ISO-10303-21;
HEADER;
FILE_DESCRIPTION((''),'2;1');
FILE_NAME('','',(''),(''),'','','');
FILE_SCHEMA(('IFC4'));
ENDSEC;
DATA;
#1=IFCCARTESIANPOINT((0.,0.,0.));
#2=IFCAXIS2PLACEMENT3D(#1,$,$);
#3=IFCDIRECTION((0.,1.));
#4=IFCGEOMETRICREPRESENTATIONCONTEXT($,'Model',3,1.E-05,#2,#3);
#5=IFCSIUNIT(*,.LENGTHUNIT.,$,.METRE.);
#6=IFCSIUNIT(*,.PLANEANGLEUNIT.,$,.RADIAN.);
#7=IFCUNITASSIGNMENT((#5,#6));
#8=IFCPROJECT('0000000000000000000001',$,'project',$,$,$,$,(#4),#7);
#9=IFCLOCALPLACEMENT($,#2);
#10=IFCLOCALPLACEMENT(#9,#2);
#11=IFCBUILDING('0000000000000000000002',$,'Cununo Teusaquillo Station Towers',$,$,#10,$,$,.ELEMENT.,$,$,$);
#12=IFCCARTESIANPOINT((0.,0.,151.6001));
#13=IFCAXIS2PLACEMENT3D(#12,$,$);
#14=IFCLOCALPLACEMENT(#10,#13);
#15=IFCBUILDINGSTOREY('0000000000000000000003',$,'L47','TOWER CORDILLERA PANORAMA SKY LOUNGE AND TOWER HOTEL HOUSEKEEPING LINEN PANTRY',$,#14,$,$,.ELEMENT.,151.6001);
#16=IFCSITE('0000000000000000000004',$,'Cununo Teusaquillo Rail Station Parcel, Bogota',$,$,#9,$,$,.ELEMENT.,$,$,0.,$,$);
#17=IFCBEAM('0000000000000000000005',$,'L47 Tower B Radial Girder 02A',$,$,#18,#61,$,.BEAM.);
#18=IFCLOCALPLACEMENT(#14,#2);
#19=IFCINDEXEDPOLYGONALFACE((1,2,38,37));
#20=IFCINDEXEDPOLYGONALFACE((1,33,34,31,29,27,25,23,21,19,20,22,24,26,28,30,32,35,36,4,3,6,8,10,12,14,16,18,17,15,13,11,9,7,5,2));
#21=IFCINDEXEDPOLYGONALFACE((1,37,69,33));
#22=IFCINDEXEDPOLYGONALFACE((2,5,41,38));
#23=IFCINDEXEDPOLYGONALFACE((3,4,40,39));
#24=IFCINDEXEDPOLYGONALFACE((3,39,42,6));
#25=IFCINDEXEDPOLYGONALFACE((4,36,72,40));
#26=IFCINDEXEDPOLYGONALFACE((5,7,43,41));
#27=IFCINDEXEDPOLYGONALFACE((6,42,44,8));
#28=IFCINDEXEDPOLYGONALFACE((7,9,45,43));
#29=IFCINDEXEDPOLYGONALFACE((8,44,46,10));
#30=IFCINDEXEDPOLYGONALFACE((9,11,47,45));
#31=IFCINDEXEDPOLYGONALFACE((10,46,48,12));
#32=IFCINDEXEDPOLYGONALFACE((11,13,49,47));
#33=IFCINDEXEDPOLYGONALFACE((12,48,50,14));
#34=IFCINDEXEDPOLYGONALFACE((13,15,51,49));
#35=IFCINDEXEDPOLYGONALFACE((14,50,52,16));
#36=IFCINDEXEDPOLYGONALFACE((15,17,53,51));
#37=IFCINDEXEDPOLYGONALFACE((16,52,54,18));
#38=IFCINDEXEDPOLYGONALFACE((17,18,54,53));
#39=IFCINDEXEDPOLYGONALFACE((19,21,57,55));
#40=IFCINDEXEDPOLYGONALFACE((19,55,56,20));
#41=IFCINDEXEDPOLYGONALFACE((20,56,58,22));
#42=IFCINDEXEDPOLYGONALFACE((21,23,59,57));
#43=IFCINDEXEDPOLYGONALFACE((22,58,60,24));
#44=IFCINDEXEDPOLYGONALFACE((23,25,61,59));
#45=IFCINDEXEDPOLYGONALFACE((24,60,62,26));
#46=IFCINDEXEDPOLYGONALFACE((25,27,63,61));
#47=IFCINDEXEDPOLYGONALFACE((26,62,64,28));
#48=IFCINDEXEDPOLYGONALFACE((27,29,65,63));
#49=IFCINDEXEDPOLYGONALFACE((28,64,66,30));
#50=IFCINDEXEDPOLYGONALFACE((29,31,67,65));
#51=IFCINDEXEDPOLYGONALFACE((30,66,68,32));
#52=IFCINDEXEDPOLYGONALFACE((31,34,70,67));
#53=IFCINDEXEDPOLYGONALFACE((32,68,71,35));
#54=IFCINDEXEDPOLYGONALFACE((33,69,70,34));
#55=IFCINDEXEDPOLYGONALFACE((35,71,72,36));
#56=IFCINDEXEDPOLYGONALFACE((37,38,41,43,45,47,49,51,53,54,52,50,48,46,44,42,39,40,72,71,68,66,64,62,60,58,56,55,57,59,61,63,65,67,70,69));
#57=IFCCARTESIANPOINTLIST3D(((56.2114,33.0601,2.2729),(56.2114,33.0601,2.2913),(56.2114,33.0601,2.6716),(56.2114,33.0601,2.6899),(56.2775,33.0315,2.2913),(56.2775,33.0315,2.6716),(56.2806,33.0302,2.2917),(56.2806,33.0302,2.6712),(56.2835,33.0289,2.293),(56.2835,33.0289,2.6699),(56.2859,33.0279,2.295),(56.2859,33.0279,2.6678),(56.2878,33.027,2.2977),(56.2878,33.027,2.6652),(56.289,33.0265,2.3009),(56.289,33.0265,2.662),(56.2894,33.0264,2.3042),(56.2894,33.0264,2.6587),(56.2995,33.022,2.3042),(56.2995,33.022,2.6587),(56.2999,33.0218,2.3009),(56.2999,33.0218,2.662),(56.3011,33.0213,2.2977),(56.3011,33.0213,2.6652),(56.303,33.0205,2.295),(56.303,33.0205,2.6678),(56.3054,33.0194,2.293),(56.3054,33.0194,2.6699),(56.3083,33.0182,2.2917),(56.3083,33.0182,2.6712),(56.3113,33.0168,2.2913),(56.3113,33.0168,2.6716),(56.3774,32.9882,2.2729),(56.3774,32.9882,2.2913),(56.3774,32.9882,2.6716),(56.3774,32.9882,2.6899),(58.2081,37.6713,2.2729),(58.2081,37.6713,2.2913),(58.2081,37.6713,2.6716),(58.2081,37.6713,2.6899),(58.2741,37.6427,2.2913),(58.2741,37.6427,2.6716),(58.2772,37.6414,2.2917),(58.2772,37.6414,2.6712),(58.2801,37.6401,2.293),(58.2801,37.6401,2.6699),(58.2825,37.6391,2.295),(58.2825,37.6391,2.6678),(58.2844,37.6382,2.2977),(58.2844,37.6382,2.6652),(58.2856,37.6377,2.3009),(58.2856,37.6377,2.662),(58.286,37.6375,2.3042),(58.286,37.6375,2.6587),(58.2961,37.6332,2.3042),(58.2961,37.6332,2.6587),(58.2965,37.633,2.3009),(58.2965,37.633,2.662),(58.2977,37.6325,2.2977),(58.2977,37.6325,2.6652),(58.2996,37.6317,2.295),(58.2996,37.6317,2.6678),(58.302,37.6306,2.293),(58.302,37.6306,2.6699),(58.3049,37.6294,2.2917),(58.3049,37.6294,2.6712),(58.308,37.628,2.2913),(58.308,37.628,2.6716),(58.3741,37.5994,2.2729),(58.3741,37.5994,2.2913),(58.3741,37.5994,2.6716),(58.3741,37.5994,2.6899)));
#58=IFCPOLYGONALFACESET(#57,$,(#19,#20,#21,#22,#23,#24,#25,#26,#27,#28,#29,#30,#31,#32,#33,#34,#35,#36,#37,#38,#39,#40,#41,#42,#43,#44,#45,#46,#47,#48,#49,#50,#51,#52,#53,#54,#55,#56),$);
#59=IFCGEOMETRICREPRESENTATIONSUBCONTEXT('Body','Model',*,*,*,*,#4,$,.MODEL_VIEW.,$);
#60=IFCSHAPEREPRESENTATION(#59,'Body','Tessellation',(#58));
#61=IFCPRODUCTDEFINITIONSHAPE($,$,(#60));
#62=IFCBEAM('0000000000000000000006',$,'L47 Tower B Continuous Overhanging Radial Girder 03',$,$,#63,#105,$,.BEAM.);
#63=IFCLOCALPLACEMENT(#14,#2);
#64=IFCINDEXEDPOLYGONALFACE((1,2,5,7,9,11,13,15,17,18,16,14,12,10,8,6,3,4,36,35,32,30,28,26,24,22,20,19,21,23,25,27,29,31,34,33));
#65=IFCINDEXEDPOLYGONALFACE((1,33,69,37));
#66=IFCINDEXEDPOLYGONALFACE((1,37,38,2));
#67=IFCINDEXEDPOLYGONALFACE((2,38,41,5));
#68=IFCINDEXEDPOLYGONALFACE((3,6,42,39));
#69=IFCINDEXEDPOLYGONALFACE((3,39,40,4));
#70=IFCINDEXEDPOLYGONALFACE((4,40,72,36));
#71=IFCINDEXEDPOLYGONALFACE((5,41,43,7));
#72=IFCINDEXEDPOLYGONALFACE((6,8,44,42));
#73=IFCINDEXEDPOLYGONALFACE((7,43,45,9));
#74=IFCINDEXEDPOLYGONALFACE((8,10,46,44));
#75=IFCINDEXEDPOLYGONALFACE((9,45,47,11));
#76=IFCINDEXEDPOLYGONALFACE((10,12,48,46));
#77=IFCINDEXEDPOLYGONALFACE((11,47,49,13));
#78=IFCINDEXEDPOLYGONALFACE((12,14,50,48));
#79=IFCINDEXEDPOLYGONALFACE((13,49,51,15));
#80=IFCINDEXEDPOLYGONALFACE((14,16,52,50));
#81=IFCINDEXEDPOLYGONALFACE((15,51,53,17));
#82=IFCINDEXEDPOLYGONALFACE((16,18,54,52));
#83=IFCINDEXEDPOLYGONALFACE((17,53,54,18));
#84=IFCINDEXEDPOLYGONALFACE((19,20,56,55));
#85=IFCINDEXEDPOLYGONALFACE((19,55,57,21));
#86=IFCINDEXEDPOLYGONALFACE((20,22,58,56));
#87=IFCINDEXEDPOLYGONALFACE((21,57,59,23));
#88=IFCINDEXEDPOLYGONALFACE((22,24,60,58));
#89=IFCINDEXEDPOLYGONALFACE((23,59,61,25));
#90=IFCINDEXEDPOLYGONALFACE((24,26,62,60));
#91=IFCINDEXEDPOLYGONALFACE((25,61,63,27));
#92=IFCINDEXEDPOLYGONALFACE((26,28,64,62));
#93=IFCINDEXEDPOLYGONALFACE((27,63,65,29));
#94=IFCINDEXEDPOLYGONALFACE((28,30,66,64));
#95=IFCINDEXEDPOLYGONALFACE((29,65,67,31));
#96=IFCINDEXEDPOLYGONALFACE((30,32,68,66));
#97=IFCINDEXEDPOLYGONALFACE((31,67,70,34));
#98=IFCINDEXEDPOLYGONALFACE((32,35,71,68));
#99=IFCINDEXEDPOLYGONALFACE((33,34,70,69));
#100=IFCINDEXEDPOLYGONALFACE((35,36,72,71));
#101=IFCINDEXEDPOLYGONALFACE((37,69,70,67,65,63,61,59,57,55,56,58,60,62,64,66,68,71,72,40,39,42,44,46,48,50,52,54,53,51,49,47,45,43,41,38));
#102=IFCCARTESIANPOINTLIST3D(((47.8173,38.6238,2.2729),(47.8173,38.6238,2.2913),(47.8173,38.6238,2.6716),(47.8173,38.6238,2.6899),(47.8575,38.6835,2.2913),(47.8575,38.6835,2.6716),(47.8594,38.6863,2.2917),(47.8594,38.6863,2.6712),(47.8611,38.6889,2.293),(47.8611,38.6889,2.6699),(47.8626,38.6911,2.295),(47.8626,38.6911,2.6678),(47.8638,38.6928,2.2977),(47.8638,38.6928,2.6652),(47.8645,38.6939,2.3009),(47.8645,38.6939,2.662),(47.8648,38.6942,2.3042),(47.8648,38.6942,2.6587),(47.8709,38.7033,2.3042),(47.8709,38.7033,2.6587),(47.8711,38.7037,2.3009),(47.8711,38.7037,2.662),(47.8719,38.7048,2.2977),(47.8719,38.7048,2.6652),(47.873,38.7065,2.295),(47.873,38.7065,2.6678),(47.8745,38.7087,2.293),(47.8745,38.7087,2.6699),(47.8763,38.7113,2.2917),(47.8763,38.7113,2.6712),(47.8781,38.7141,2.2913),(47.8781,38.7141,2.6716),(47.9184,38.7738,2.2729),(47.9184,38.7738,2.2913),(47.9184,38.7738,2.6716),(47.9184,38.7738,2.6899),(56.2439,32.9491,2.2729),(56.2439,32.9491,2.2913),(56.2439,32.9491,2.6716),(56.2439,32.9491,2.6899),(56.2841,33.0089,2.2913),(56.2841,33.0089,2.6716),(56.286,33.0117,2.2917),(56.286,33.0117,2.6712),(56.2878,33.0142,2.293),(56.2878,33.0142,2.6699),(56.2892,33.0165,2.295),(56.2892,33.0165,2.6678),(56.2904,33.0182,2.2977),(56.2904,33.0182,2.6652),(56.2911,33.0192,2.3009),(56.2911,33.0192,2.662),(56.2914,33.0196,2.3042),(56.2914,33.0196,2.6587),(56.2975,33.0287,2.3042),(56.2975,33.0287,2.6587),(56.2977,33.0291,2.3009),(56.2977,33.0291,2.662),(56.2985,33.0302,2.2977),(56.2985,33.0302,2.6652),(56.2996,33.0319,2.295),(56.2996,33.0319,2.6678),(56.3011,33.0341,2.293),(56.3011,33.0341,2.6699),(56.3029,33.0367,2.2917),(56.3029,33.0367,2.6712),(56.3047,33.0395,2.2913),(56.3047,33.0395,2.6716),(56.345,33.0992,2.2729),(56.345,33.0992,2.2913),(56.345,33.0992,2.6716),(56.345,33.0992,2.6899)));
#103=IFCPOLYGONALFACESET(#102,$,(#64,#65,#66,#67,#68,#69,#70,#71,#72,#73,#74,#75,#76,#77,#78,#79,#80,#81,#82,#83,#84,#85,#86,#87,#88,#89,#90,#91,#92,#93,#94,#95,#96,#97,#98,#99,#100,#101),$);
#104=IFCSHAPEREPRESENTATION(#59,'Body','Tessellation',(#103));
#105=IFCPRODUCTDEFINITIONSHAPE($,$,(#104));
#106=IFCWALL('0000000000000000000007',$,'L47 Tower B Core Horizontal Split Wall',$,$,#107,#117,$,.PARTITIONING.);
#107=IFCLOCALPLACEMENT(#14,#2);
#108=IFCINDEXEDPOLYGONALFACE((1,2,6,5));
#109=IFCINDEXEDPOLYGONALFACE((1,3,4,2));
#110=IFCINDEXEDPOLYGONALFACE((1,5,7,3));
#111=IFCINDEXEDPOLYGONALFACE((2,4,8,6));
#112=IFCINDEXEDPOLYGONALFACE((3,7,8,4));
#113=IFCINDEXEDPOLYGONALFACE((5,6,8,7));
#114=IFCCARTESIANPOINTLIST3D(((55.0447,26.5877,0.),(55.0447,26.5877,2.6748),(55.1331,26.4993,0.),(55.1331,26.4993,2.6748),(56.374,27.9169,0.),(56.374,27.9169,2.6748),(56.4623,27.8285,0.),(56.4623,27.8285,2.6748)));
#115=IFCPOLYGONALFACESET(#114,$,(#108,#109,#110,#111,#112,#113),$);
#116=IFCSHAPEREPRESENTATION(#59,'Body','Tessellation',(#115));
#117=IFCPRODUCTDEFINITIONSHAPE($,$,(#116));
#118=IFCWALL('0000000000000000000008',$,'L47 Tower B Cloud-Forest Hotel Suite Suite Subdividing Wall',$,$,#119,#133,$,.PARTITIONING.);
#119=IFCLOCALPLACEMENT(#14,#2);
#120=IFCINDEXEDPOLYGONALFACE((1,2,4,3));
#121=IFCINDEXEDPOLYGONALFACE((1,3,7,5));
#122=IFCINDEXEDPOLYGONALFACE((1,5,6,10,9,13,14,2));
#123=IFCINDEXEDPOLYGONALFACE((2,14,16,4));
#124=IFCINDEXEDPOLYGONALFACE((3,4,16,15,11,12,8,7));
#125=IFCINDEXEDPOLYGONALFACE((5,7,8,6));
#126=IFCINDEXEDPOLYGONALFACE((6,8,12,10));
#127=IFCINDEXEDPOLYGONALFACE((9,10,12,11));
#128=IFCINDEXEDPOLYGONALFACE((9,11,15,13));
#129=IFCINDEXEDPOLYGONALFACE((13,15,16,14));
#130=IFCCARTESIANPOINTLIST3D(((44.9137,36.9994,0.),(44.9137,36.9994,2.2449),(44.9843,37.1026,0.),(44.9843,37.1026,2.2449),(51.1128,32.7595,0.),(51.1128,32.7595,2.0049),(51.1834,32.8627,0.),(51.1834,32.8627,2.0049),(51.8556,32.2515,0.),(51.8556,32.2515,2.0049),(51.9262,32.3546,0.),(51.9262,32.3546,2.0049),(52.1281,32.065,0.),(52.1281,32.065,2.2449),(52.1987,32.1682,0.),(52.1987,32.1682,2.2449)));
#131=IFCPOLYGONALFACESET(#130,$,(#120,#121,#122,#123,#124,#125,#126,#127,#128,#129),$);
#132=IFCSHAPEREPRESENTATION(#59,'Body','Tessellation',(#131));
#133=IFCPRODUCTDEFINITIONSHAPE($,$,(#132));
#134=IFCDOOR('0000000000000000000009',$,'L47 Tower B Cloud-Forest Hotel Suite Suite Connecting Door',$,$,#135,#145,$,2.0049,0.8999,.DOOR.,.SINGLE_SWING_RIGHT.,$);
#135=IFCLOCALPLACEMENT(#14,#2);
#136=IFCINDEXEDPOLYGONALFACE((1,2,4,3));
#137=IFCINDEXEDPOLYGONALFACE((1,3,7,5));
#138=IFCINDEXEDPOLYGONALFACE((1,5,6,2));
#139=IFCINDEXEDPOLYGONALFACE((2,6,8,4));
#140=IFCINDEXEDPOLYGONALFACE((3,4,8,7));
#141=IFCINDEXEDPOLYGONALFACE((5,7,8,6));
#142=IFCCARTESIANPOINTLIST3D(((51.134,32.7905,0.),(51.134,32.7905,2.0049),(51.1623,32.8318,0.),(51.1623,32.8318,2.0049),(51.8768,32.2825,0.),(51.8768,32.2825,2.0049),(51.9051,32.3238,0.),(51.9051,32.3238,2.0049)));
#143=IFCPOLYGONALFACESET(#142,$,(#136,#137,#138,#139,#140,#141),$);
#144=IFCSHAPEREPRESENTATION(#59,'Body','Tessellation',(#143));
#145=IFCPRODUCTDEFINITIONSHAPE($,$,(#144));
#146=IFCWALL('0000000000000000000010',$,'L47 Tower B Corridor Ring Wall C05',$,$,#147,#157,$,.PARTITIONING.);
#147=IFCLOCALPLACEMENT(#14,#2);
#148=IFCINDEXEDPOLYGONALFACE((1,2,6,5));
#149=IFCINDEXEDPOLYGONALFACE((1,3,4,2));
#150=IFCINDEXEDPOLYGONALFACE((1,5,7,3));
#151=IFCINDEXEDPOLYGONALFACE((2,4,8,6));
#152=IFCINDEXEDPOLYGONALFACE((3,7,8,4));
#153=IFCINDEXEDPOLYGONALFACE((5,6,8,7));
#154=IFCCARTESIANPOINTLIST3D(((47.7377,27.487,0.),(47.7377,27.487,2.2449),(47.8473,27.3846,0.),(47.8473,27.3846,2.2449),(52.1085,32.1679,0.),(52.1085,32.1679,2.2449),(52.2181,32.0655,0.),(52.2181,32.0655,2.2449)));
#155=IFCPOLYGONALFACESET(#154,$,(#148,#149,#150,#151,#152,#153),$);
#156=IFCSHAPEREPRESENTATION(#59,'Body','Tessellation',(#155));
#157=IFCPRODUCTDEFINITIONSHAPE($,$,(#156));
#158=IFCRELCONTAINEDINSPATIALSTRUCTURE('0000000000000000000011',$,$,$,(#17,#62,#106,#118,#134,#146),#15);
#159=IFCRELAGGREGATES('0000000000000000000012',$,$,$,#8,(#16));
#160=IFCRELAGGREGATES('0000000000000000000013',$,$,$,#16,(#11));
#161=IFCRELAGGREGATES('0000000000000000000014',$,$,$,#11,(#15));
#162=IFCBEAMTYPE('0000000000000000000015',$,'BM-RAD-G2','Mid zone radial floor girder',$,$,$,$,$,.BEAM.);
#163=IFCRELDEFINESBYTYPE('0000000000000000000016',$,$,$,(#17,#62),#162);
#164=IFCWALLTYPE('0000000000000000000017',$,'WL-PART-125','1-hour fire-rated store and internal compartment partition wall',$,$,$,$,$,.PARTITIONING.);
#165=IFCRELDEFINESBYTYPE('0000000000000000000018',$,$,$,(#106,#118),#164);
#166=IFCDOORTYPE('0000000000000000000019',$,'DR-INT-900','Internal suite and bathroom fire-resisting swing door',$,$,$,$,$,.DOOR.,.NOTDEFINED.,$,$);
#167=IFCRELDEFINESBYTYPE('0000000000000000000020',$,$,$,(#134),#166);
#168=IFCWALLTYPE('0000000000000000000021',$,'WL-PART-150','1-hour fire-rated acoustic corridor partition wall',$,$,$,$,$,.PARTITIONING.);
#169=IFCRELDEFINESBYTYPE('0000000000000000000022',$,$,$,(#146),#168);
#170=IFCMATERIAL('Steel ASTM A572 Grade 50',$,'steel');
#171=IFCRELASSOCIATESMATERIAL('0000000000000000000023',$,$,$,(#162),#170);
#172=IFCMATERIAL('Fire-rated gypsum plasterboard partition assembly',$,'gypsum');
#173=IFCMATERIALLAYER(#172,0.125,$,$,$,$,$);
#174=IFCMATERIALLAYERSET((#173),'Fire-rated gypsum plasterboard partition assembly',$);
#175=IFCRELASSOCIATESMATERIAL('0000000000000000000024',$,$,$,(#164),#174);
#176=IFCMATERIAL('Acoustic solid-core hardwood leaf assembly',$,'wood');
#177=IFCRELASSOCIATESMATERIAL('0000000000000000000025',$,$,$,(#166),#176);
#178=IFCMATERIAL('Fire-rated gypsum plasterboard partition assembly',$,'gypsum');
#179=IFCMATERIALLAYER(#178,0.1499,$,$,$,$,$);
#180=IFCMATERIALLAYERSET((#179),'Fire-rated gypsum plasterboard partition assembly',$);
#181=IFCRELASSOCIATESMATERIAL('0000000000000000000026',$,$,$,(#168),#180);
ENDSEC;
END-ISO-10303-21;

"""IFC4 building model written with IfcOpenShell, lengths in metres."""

from ifc_helpers import new_model, si_unit, direction, frame, frame_2d, origin, origin_2d, place, context, subcontext, project, spatial, rectangle, i_section, extrude, source, transform, mapped, material, layer, layer_set, material_profile, profile_set, type_object, element, fill, save


model = new_model("IFC4")

# Units and contexts
model_context = context("Model", 3, precision=1e-05, world=origin(), true_north=direction((0.0, 1.0)))
body_context = subcontext(model_context, "Body", "Model", "MODEL_VIEW")
ifc_project = project(units=[si_unit("LENGTHUNIT", "METRE"), si_unit("PLANEANGLEUNIT", "RADIAN")], contexts=[model_context])

# Site, building, storey
site_placement = place(None, origin())
site = spatial("IfcSite", under=ifc_project, at=site_placement, Name="Cununo Teusaquillo Rail Station Parcel, Bogota", CompositionType="ELEMENT", RefElevation=0.0)
building_placement = place(site_placement, origin())
building = spatial("IfcBuilding", under=site, at=building_placement, Name="Cununo Teusaquillo Station Towers", CompositionType="ELEMENT")
storey_placement = place(building_placement, frame((0.0, 0.0, 151.6001)))
storey = spatial("IfcBuildingStorey", under=building, at=storey_placement, Name="L47", Description="TOWER CORDILLERA PANORAMA SKY LOUNGE AND TOWER HOTEL HOUSEKEEPING LINEN PANTRY", CompositionType="ELEMENT", Elevation=151.6001)

# Beams
ifc_material_1 = material(Name="Steel ASTM A572 Grade 50", Category="steel")
ifc_material_profile_1 = material_profile(ifc_material_1, i_section(OverallWidth=0.1809, OverallDepth=0.417, WebThickness=0.011, FlangeThickness=0.0183, FilletRadius=0.0129, at=origin_2d()), Name="W16X57")
ifc_profile_set_1 = profile_set([ifc_material_profile_1], Name="Steel ASTM A572 Grade 50")
beam_type_1 = type_object("IfcBeamType", Name="BM-RAD-G2", Description="Mid zone radial floor girder", PredefinedType="BEAM", material=ifc_profile_set_1)
beam_1_placement = place(storey_placement, frame((56.2944, 33.0242, 2.4814), z_axis=(0.397347, 0.917668, 0.0), x_axis=(-0.917668, 0.397347, 0.0)))
element("IfcBeam", 1, at=beam_1_placement, inside=storey, type_object=beam_type_1, Name="L47 Tower B Radial Girder 02A", PredefinedType="BEAM", context=body_context, shape_type="SweptSolid", body=[
    extrude(i_section(OverallWidth=0.1809, OverallDepth=0.417, WebThickness=0.011, FlangeThickness=0.0183, FilletRadius=0.0129, at=origin_2d()), origin(), (0.0, 0.0, 1.0), 5.0249),
])
beam_2_placement = place(storey_placement, frame((56.2944, 33.0242, 2.4814), z_axis=(-0.829457, 0.558571, 0.0), x_axis=(-0.558571, -0.829457, 0.0)))
element("IfcBeam", 2, at=beam_2_placement, inside=storey, type_object=beam_type_1, Name="L47 Tower B Continuous Overhanging Radial Girder 03", PredefinedType="BEAM", context=body_context, shape_type="SweptSolid", body=[
    extrude(i_section(OverallWidth=0.1809, OverallDepth=0.417, WebThickness=0.011, FlangeThickness=0.0183, FilletRadius=0.0129, at=origin_2d()), origin(), (0.0, 0.0, 1.0), 10.1592),
])

# Wall
ifc_material_2 = material(Name="Fire-rated gypsum plasterboard partition assembly", Category="gypsum")
ifc_layer_1 = layer(ifc_material_2, 0.125)
ifc_layer_set_1 = layer_set([ifc_layer_1], Name="Fire-rated gypsum plasterboard partition assembly")
wall_type_1 = type_object("IfcWallType", Name="WL-PART-125", Description="1-hour fire-rated store and internal compartment partition wall", PredefinedType="PARTITIONING", material=ifc_layer_set_1)
wall_1_placement = place(storey_placement, frame((55.0889, 26.5435, 0.0), z_axis=(0.0, 0.0, 1.0), x_axis=(0.707107, 0.707107, 0.0)))
element("IfcWall", 3, at=wall_1_placement, inside=storey, type_object=wall_type_1, Name="L47 Tower B Core Horizontal Split Wall", PredefinedType="PARTITIONING", context=body_context, shape_type="SweptSolid", body=[
    extrude(rectangle(XDim=1.8799, YDim=0.125, at=frame_2d((0.9399, 0.0))), origin(), (0.0, 0.0, 1.0), 2.6748),
])

# Wall, opening, door
wall_2_placement = place(storey_placement, frame((52.1633, 32.1167, 0.0), z_axis=(0.0, 0.0, 1.0), x_axis=(-0.825404, 0.564543, 0.0)))
wall_2 = element("IfcWall", 4, at=wall_2_placement, inside=storey, type_object=wall_type_1, Name="L47 Tower B Cloud-Forest Hotel Suite Suite Subdividing Wall", PredefinedType="PARTITIONING", context=body_context, shape_type="SweptSolid", body=[
    extrude(rectangle(XDim=8.7405, YDim=0.125, at=frame_2d((4.3701, 0.0))), origin(), (0.0, 0.0, 1.0), 2.2449),
])
shared_shape_1 = source(origin(), body_context, "Body", "SweptSolid", [
    extrude(rectangle(XDim=0.8999, YDim=2.0049, at=frame_2d((0.45, 1.0024))), frame((0.0, 0.0725, 0.0), z_axis=(0.0, -1.0, 0.0), x_axis=(1.0, 0.0, 0.0)), (0.0, 0.0, 1.0), 0.145),
])
opening_1_placement = place(wall_2_placement, frame((0.3301, 0.0, 0.0)))
opening_1 = element("IfcOpeningElement", 5, at=opening_1_placement, cuts=wall_2, PredefinedType="OPENING", context=body_context, shape_type="MappedRepresentation", body=[
    mapped(shared_shape_1, transform((0.0, 0.0, 0.0), x_axis=(1.0, 0.0, 0.0), y_axis=(0.0, 1.0, 0.0), z_axis=(0.0, 0.0, 1.0), scale=1.0)),
])
ifc_material_3 = material(Name="Acoustic solid-core hardwood leaf assembly", Category="wood")
door_type_1 = type_object("IfcDoorType", Name="DR-INT-900", Description="Internal suite and bathroom fire-resisting swing door", OperationType="NOTDEFINED", PredefinedType="DOOR", material=ifc_material_3)
shared_shape_2 = source(origin(), body_context, "Body", "SweptSolid", [
    extrude(rectangle(XDim=0.8999, YDim=2.0049, at=frame_2d((0.45, 1.0024))), frame((0.0, 0.0249, 0.0), z_axis=(0.0, -1.0, 0.0), x_axis=(1.0, 0.0, 0.0)), (0.0, 0.0, 1.0), 0.05),
])
door_1_placement = place(opening_1_placement, origin())
door_1 = element("IfcDoor", 6, at=door_1_placement, inside=storey, type_object=door_type_1, Name="L47 Tower B Cloud-Forest Hotel Suite Suite Connecting Door", OperationType="SINGLE_SWING_RIGHT", OverallHeight=2.0049, OverallWidth=0.8999, PredefinedType="DOOR", context=body_context, shape_type="MappedRepresentation", body=[
    mapped(shared_shape_2, transform((0.0, 0.0, 0.0), x_axis=(1.0, 0.0, 0.0), y_axis=(0.0, 1.0, 0.0), z_axis=(0.0, 0.0, 1.0), scale=1.0)),
])
fill(opening_1, door_1)

# Wall
ifc_material_4 = material(Name="Fire-rated gypsum plasterboard partition assembly", Category="gypsum")
ifc_layer_2 = layer(ifc_material_4, 0.1499)
ifc_layer_set_2 = layer_set([ifc_layer_2], Name="Fire-rated gypsum plasterboard partition assembly")
wall_type_2 = type_object("IfcWallType", Name="WL-PART-150", Description="1-hour fire-rated acoustic corridor partition wall", PredefinedType="PARTITIONING", material=ifc_layer_set_2)
wall_3_placement = place(storey_placement, frame((52.1633, 32.1167, 0.0), z_axis=(0.0, 0.0, 1.0), x_axis=(-0.682485, -0.730899, 0.0)))
element("IfcWall", 7, at=wall_3_placement, inside=storey, type_object=wall_type_2, Name="L47 Tower B Corridor Ring Wall C05", PredefinedType="PARTITIONING", context=body_context, shape_type="SweptSolid", body=[
    extrude(rectangle(XDim=6.4043, YDim=0.1499, at=frame_2d((3.2021, 0.0))), origin(), (0.0, 0.0, 1.0), 2.2449),
])

save(model, "model.ifc")
